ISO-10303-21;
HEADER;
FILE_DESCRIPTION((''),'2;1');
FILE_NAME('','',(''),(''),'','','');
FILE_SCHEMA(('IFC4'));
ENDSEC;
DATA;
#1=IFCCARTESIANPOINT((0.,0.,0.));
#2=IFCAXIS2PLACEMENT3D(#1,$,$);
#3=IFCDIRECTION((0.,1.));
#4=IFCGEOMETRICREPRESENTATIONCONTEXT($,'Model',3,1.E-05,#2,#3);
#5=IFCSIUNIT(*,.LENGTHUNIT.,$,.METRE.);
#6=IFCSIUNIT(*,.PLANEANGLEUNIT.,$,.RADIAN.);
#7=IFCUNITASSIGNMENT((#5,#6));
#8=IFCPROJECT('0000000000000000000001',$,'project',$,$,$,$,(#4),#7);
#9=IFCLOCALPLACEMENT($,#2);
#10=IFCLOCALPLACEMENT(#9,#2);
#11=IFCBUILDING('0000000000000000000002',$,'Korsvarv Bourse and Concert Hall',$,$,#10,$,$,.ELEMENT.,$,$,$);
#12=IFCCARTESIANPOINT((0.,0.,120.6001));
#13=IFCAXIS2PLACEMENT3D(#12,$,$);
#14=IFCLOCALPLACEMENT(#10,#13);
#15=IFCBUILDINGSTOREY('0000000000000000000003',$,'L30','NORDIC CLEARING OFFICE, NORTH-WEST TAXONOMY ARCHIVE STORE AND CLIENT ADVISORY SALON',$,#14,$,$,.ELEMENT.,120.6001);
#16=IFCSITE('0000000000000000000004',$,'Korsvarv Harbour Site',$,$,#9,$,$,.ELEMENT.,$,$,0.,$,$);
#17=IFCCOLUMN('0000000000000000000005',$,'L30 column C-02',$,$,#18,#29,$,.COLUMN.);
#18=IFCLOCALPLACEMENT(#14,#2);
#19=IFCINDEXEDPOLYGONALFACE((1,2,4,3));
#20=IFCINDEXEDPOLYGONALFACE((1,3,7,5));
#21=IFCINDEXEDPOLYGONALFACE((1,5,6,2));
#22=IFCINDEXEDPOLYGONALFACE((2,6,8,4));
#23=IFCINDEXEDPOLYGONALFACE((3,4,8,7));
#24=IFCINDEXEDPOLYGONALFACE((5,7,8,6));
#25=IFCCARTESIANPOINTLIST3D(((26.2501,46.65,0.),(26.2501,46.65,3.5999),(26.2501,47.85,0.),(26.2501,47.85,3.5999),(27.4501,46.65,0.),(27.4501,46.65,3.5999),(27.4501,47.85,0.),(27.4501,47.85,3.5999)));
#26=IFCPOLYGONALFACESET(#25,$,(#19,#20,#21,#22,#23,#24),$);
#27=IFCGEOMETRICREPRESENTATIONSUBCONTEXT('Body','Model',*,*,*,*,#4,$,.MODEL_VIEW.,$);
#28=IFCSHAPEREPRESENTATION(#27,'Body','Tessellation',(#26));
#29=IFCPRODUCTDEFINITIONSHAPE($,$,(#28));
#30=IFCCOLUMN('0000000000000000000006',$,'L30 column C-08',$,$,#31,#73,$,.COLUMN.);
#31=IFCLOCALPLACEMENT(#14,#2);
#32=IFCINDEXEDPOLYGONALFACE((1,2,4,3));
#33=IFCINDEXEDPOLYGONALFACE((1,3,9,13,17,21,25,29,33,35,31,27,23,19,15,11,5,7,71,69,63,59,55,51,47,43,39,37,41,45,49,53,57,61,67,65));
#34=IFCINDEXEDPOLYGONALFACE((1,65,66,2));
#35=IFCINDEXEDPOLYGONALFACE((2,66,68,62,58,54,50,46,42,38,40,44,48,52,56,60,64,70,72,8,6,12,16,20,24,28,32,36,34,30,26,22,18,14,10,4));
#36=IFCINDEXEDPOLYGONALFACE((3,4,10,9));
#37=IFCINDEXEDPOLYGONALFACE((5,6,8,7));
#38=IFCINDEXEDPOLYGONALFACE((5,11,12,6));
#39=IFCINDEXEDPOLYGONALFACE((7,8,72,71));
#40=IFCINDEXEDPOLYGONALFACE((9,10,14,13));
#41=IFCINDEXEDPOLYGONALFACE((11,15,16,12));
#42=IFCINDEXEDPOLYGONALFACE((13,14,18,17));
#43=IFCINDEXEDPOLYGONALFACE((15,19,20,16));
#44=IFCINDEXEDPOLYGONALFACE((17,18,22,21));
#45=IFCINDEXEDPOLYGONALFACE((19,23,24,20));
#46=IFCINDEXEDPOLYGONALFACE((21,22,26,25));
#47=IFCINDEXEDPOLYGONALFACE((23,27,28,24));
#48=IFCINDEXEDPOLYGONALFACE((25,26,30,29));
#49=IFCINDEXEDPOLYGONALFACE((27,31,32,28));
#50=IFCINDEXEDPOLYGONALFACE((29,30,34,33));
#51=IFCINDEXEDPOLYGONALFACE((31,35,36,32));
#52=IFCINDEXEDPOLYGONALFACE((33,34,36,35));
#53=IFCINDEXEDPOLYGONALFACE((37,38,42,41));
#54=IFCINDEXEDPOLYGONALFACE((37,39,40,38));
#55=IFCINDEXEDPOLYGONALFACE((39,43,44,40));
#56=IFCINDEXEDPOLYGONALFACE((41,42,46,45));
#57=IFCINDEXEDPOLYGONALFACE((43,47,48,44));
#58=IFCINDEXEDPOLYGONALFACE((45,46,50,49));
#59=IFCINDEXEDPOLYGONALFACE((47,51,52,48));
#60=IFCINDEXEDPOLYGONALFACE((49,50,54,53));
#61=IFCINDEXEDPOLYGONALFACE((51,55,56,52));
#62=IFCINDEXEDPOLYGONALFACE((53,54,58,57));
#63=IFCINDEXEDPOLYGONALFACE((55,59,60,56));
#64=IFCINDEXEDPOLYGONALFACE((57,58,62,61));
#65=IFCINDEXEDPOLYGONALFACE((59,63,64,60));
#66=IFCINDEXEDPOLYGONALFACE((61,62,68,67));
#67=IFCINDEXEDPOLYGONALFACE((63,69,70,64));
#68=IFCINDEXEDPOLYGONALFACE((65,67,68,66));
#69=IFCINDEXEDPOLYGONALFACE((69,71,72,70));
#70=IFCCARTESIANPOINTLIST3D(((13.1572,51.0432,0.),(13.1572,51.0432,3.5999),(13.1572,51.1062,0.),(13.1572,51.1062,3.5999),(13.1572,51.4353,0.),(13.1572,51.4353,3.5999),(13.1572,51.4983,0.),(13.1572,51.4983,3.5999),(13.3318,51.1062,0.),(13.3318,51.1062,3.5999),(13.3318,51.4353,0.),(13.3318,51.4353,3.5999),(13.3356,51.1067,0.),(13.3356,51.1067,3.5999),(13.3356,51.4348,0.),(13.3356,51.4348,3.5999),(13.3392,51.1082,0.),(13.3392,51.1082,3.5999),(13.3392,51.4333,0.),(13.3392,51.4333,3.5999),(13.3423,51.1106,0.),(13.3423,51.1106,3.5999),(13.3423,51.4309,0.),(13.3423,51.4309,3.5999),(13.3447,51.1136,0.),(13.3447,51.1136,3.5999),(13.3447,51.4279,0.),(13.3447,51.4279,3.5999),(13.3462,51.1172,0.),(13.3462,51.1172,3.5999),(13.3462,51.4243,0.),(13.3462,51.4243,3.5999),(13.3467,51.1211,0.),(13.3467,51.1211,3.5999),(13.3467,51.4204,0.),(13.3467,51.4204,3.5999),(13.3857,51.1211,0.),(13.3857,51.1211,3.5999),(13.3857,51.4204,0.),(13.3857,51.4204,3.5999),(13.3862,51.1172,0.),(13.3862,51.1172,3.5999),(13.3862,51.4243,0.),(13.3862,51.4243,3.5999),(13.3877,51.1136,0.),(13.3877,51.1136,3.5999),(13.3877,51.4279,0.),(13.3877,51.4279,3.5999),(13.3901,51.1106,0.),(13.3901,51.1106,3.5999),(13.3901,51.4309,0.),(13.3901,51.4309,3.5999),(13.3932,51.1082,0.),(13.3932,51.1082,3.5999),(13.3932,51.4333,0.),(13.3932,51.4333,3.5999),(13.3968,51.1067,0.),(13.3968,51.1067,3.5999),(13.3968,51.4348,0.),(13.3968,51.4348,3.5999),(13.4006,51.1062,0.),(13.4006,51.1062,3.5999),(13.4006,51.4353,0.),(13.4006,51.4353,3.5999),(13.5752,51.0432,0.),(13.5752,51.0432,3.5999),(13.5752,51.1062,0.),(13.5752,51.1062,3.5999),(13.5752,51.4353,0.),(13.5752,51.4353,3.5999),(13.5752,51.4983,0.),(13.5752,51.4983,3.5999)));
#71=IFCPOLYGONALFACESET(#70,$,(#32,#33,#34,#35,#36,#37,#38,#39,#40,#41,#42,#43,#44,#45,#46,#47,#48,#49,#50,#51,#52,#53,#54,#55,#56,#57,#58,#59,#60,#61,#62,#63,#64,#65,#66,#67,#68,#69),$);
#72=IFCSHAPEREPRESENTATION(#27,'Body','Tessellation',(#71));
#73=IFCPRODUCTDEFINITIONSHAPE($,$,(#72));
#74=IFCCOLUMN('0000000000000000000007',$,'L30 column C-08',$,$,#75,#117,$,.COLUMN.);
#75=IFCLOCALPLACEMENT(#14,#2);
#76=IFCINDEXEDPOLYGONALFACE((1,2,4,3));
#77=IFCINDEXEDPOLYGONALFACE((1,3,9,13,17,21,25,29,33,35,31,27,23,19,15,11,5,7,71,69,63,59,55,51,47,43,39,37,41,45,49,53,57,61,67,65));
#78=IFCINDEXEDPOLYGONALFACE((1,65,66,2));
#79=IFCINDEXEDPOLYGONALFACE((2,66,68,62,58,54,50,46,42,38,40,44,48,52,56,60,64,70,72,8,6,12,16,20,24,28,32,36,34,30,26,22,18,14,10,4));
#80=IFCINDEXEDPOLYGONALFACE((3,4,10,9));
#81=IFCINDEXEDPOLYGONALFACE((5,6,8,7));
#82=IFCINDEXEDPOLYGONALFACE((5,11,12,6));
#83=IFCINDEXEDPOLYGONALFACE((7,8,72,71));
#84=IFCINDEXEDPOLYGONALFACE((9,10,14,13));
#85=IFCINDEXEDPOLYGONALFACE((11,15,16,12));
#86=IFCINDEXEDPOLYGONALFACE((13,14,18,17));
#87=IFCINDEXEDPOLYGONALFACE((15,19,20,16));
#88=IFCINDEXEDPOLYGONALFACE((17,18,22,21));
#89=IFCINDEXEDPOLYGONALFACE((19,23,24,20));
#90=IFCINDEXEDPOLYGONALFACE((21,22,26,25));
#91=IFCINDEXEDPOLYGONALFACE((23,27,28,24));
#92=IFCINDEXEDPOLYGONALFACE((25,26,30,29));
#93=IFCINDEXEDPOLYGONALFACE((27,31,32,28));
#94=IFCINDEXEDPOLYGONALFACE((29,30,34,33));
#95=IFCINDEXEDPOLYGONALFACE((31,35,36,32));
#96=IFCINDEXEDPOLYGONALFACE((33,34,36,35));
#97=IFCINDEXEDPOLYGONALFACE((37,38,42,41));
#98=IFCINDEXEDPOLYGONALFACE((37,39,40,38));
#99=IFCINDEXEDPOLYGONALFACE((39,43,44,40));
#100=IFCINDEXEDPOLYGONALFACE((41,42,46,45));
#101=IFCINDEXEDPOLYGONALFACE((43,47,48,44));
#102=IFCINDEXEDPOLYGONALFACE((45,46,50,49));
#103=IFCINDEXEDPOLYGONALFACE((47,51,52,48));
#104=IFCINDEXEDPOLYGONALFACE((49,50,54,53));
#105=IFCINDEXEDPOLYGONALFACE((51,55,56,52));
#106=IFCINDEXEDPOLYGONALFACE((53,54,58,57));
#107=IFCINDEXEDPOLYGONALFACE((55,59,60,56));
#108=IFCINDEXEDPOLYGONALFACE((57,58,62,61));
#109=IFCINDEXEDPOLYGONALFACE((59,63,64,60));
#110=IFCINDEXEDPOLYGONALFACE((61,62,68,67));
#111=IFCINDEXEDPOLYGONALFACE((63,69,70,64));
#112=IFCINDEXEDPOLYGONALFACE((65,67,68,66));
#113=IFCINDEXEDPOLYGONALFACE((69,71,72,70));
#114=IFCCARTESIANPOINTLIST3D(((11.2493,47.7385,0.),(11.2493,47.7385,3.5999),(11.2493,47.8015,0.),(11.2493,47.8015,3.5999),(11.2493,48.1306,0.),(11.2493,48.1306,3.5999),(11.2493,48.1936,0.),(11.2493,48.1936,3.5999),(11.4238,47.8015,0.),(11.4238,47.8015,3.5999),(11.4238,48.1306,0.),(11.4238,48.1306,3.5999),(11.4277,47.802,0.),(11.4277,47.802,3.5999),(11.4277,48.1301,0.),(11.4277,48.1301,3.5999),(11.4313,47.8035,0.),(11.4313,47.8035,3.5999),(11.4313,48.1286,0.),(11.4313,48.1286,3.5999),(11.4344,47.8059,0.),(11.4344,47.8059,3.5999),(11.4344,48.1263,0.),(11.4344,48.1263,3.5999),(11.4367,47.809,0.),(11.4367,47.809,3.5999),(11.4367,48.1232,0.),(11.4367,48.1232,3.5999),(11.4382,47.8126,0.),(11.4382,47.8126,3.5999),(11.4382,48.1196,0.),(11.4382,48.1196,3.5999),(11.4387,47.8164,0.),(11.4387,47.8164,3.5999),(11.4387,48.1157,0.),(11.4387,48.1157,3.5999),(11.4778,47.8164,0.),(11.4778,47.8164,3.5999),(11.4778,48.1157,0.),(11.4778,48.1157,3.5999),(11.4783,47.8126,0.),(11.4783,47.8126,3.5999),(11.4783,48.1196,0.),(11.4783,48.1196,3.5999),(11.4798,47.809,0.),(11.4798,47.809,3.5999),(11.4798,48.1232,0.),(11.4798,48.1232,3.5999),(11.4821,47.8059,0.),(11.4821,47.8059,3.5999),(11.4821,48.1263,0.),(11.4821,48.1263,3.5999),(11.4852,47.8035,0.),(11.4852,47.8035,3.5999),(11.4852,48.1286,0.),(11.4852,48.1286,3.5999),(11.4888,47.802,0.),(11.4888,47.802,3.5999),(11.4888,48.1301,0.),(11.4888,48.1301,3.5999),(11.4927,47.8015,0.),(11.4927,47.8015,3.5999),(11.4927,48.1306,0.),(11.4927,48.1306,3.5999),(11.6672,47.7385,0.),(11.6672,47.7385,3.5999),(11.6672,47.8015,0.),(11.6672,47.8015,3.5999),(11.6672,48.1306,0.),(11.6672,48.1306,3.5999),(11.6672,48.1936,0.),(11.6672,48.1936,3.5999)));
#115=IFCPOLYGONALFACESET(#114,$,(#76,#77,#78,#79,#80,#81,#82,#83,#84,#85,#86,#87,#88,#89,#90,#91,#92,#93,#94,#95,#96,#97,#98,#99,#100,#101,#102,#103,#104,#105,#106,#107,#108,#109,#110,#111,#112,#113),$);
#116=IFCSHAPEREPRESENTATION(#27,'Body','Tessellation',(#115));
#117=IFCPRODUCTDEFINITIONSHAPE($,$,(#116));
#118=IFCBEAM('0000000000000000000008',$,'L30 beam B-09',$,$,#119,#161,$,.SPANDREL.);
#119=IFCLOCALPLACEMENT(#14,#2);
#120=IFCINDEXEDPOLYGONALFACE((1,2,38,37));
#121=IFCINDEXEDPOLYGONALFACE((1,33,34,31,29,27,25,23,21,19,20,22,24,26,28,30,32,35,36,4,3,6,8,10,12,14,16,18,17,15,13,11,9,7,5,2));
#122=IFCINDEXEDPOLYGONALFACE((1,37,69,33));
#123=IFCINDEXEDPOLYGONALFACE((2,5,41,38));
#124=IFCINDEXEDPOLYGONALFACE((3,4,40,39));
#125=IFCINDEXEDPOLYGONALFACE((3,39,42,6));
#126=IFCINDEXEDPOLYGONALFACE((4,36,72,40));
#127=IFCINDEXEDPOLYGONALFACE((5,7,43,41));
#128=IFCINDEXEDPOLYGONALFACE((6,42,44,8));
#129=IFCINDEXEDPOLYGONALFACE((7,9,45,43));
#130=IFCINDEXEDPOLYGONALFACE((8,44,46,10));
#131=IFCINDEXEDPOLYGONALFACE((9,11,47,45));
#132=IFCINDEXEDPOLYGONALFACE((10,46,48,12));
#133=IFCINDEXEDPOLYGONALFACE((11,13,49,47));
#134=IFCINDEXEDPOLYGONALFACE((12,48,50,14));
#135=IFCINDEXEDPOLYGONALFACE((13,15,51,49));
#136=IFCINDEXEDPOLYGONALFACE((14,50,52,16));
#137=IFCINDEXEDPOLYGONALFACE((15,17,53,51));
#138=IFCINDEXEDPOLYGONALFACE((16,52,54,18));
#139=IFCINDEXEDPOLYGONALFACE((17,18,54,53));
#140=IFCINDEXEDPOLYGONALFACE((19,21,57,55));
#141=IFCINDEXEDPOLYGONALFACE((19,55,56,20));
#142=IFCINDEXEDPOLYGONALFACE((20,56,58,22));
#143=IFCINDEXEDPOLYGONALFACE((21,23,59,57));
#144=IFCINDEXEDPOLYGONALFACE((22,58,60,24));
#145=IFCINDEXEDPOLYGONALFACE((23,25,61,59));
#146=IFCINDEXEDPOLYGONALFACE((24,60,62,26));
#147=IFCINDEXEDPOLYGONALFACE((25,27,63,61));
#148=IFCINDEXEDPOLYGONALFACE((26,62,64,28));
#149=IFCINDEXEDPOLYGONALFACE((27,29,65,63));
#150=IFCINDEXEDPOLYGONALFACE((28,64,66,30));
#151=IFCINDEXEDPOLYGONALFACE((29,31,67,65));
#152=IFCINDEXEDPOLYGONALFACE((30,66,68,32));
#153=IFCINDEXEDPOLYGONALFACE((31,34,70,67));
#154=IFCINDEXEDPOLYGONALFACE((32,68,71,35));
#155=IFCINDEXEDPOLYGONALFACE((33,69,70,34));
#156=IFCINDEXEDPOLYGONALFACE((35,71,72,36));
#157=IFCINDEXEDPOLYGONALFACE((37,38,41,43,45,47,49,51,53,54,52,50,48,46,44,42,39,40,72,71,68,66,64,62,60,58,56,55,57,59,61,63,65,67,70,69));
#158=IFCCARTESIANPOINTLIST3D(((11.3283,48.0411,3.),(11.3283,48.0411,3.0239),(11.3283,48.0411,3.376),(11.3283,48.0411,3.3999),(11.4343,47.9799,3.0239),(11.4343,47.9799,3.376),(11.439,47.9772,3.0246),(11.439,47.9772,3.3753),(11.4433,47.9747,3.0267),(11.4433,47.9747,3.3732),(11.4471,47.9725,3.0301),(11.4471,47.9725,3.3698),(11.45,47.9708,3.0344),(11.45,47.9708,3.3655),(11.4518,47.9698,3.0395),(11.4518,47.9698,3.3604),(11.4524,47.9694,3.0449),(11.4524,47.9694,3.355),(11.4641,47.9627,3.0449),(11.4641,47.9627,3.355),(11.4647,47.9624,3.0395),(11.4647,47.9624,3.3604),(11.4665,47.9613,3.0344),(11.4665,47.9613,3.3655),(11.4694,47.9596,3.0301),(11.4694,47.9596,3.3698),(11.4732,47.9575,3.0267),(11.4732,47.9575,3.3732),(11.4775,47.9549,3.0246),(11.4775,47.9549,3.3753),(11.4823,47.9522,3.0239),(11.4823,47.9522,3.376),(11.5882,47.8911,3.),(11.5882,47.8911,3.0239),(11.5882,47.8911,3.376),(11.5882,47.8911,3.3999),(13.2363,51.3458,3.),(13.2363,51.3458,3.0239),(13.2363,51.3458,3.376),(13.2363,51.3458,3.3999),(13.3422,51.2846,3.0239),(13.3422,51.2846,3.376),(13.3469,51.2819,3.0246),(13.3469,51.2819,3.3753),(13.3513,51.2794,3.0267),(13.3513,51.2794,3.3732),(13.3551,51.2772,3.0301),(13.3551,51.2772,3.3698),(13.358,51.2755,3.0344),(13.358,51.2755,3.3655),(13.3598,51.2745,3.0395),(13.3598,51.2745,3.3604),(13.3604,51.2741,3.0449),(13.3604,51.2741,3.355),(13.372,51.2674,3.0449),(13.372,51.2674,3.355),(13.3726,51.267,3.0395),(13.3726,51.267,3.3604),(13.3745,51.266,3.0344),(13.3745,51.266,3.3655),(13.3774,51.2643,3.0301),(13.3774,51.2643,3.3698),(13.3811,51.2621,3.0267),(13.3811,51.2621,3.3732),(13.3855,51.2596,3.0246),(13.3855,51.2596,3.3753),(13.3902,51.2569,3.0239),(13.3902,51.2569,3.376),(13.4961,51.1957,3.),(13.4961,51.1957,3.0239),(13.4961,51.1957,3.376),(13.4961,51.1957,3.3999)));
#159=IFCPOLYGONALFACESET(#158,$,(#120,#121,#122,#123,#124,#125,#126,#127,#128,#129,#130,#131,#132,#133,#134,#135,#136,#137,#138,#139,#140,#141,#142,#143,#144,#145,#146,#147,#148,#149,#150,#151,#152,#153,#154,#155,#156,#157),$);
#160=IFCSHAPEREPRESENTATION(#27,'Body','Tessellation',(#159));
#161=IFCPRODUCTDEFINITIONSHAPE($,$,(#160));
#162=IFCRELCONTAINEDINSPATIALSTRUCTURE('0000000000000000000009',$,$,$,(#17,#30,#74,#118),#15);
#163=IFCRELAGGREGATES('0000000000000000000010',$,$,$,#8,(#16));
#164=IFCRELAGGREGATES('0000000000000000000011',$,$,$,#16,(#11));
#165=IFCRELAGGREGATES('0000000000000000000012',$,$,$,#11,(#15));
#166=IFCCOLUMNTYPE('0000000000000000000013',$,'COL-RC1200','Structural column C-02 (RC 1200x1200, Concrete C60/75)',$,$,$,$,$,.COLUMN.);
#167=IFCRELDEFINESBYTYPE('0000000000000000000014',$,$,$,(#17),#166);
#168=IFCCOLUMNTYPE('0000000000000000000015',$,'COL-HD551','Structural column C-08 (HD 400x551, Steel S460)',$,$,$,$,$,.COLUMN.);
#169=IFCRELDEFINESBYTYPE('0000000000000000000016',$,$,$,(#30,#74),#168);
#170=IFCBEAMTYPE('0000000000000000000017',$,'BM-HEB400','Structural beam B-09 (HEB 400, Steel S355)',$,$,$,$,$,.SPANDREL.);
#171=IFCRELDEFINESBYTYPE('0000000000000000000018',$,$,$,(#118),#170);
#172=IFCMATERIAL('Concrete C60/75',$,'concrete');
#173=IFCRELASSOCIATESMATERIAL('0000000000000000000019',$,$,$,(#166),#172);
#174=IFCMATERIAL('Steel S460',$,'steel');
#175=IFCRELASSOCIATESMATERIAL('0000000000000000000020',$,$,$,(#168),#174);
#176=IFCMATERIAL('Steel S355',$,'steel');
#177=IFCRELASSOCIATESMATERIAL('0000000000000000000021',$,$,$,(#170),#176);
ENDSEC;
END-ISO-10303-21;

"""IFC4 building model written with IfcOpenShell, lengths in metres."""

from ifc_helpers import new_model, si_unit, direction, frame, origin, origin_2d, place, context, subcontext, project, spatial, rectangle, i_section, extrude, source, transform, mapped, material, material_profile, profile_set, type_object, element, save


model = new_model("IFC4")

# Units and contexts
model_context = context("Model", 3, precision=1e-05, world=origin(), true_north=direction((0.0, 1.0)))
body_context = subcontext(model_context, "Body", "Model", "MODEL_VIEW")
ifc_project = project(units=[si_unit("LENGTHUNIT", "METRE"), si_unit("PLANEANGLEUNIT", "RADIAN")], contexts=[model_context])

# Site, building, storey
site_placement = place(None, origin())
site = spatial("IfcSite", under=ifc_project, at=site_placement, Name="Korsvarv Harbour Site", CompositionType="ELEMENT", RefElevation=0.0)
building_placement = place(site_placement, origin())
building = spatial("IfcBuilding", under=site, at=building_placement, Name="Korsvarv Bourse and Concert Hall", CompositionType="ELEMENT")
storey_placement = place(building_placement, frame((0.0, 0.0, 120.6001)))
storey = spatial("IfcBuildingStorey", under=building, at=storey_placement, Name="L30", Description="NORDIC CLEARING OFFICE, NORTH-WEST TAXONOMY ARCHIVE STORE AND CLIENT ADVISORY SALON", CompositionType="ELEMENT", Elevation=120.6001)

# Columns
ifc_material_1 = material(Name="Concrete C60/75", Category="concrete")
ifc_material_profile_1 = material_profile(ifc_material_1, rectangle(XDim=1.2, YDim=1.2, at=origin_2d()), Name="RC 1200x1200")
ifc_profile_set_1 = profile_set([ifc_material_profile_1], Name="Concrete C60/75")
column_type_1 = type_object("IfcColumnType", Name="COL-RC1200", Description="Structural column C-02 (RC 1200x1200, Concrete C60/75)", PredefinedType="COLUMN", material=ifc_profile_set_1)
shared_shape_1 = source(origin(), body_context, "Body", "SweptSolid", [
    extrude(rectangle(XDim=1.2, YDim=1.2, at=origin_2d()), origin(), (0.0, 0.0, 1.0), 3.5999),
])
column_placement = place(storey_placement, frame((26.8501, 47.25, 0.0), z_axis=(0.0, 0.0, 1.0), x_axis=(1.0, 0.0, 0.0)))
element("IfcColumn", 1, at=column_placement, inside=storey, type_object=column_type_1, Name="L30 column C-02", PredefinedType="COLUMN", context=body_context, shape_type="MappedRepresentation", body=[
    mapped(shared_shape_1, transform((0.0, 0.0, 0.0), scale=1.0)),
])
ifc_material_2 = material(Name="Steel S460", Category="steel")
ifc_material_profile_2 = material_profile(ifc_material_2, i_section(OverallWidth=0.418, OverallDepth=0.4551, WebThickness=0.0391, FlangeThickness=0.063, FilletRadius=0.0149, at=origin_2d()), Name="HD 400x551")
ifc_profile_set_2 = profile_set([ifc_material_profile_2], Name="Steel S460")
column_type_2 = type_object("IfcColumnType", Name="COL-HD551", Description="Structural column C-08 (HD 400x551, Steel S460)", PredefinedType="COLUMN", material=ifc_profile_set_2)
shared_shape_2 = source(origin(), body_context, "Body", "SweptSolid", [
    extrude(i_section(OverallWidth=0.418, OverallDepth=0.4551, WebThickness=0.0391, FlangeThickness=0.063, FilletRadius=0.0149, at=origin_2d()), origin(), (0.0, 0.0, 1.0), 3.5999),
])
for number, where, z_axis, x_axis, name in (
    (2, (13.3662, 51.2708, 0.0), (0.0, 0.0, 1.0), (1.0, 0.0, 0.0), "L30 column C-08"),
    (3, (11.4583, 47.9661, 0.0), (0.0, 0.0, 1.0), (1.0, 0.0, 0.0), "L30 column C-08"),
):
    element("IfcColumn", number, at=place(storey_placement, frame(where, z_axis=z_axis, x_axis=x_axis)), inside=storey, type_object=column_type_2, Name=name, PredefinedType="COLUMN", context=body_context, shape_type="MappedRepresentation", body=[
        mapped(shared_shape_2, transform((0.0, 0.0, 0.0), scale=1.0)),
    ])

# Beam
ifc_material_3 = material(Name="Steel S355", Category="steel")
ifc_material_profile_3 = material_profile(ifc_material_3, i_section(OverallWidth=0.3, OverallDepth=0.3999, WebThickness=0.0134, FlangeThickness=0.0239, FilletRadius=0.021, at=origin_2d()), Name="HEB 400")
ifc_profile_set_3 = profile_set([ifc_material_profile_3], Name="Steel S355")
beam_type_1 = type_object("IfcBeamType", Name="BM-HEB400", Description="Structural beam B-09 (HEB 400, Steel S355)", PredefinedType="SPANDREL", material=ifc_profile_set_3)
shared_shape_3 = source(origin(), body_context, "Body", "SweptSolid", [
    extrude(i_section(OverallWidth=0.3, OverallDepth=0.3999, WebThickness=0.0134, FlangeThickness=0.0239, FilletRadius=0.021, at=origin_2d()), origin(), (0.0, 0.0, 1.0), 3.8159),
])
beam_1_placement = place(storey_placement, frame((13.3662, 51.2708, 3.2), z_axis=(-0.499999, -0.866026, 0.0), x_axis=(0.866026, -0.499999, 0.0)))
element("IfcBeam", 4, at=beam_1_placement, inside=storey, type_object=beam_type_1, Name="L30 beam B-09", PredefinedType="SPANDREL", context=body_context, shape_type="MappedRepresentation", body=[
    mapped(shared_shape_3, transform((0.0, 0.0, 0.0), scale=1.0)),
])

save(model, "model.ifc")
